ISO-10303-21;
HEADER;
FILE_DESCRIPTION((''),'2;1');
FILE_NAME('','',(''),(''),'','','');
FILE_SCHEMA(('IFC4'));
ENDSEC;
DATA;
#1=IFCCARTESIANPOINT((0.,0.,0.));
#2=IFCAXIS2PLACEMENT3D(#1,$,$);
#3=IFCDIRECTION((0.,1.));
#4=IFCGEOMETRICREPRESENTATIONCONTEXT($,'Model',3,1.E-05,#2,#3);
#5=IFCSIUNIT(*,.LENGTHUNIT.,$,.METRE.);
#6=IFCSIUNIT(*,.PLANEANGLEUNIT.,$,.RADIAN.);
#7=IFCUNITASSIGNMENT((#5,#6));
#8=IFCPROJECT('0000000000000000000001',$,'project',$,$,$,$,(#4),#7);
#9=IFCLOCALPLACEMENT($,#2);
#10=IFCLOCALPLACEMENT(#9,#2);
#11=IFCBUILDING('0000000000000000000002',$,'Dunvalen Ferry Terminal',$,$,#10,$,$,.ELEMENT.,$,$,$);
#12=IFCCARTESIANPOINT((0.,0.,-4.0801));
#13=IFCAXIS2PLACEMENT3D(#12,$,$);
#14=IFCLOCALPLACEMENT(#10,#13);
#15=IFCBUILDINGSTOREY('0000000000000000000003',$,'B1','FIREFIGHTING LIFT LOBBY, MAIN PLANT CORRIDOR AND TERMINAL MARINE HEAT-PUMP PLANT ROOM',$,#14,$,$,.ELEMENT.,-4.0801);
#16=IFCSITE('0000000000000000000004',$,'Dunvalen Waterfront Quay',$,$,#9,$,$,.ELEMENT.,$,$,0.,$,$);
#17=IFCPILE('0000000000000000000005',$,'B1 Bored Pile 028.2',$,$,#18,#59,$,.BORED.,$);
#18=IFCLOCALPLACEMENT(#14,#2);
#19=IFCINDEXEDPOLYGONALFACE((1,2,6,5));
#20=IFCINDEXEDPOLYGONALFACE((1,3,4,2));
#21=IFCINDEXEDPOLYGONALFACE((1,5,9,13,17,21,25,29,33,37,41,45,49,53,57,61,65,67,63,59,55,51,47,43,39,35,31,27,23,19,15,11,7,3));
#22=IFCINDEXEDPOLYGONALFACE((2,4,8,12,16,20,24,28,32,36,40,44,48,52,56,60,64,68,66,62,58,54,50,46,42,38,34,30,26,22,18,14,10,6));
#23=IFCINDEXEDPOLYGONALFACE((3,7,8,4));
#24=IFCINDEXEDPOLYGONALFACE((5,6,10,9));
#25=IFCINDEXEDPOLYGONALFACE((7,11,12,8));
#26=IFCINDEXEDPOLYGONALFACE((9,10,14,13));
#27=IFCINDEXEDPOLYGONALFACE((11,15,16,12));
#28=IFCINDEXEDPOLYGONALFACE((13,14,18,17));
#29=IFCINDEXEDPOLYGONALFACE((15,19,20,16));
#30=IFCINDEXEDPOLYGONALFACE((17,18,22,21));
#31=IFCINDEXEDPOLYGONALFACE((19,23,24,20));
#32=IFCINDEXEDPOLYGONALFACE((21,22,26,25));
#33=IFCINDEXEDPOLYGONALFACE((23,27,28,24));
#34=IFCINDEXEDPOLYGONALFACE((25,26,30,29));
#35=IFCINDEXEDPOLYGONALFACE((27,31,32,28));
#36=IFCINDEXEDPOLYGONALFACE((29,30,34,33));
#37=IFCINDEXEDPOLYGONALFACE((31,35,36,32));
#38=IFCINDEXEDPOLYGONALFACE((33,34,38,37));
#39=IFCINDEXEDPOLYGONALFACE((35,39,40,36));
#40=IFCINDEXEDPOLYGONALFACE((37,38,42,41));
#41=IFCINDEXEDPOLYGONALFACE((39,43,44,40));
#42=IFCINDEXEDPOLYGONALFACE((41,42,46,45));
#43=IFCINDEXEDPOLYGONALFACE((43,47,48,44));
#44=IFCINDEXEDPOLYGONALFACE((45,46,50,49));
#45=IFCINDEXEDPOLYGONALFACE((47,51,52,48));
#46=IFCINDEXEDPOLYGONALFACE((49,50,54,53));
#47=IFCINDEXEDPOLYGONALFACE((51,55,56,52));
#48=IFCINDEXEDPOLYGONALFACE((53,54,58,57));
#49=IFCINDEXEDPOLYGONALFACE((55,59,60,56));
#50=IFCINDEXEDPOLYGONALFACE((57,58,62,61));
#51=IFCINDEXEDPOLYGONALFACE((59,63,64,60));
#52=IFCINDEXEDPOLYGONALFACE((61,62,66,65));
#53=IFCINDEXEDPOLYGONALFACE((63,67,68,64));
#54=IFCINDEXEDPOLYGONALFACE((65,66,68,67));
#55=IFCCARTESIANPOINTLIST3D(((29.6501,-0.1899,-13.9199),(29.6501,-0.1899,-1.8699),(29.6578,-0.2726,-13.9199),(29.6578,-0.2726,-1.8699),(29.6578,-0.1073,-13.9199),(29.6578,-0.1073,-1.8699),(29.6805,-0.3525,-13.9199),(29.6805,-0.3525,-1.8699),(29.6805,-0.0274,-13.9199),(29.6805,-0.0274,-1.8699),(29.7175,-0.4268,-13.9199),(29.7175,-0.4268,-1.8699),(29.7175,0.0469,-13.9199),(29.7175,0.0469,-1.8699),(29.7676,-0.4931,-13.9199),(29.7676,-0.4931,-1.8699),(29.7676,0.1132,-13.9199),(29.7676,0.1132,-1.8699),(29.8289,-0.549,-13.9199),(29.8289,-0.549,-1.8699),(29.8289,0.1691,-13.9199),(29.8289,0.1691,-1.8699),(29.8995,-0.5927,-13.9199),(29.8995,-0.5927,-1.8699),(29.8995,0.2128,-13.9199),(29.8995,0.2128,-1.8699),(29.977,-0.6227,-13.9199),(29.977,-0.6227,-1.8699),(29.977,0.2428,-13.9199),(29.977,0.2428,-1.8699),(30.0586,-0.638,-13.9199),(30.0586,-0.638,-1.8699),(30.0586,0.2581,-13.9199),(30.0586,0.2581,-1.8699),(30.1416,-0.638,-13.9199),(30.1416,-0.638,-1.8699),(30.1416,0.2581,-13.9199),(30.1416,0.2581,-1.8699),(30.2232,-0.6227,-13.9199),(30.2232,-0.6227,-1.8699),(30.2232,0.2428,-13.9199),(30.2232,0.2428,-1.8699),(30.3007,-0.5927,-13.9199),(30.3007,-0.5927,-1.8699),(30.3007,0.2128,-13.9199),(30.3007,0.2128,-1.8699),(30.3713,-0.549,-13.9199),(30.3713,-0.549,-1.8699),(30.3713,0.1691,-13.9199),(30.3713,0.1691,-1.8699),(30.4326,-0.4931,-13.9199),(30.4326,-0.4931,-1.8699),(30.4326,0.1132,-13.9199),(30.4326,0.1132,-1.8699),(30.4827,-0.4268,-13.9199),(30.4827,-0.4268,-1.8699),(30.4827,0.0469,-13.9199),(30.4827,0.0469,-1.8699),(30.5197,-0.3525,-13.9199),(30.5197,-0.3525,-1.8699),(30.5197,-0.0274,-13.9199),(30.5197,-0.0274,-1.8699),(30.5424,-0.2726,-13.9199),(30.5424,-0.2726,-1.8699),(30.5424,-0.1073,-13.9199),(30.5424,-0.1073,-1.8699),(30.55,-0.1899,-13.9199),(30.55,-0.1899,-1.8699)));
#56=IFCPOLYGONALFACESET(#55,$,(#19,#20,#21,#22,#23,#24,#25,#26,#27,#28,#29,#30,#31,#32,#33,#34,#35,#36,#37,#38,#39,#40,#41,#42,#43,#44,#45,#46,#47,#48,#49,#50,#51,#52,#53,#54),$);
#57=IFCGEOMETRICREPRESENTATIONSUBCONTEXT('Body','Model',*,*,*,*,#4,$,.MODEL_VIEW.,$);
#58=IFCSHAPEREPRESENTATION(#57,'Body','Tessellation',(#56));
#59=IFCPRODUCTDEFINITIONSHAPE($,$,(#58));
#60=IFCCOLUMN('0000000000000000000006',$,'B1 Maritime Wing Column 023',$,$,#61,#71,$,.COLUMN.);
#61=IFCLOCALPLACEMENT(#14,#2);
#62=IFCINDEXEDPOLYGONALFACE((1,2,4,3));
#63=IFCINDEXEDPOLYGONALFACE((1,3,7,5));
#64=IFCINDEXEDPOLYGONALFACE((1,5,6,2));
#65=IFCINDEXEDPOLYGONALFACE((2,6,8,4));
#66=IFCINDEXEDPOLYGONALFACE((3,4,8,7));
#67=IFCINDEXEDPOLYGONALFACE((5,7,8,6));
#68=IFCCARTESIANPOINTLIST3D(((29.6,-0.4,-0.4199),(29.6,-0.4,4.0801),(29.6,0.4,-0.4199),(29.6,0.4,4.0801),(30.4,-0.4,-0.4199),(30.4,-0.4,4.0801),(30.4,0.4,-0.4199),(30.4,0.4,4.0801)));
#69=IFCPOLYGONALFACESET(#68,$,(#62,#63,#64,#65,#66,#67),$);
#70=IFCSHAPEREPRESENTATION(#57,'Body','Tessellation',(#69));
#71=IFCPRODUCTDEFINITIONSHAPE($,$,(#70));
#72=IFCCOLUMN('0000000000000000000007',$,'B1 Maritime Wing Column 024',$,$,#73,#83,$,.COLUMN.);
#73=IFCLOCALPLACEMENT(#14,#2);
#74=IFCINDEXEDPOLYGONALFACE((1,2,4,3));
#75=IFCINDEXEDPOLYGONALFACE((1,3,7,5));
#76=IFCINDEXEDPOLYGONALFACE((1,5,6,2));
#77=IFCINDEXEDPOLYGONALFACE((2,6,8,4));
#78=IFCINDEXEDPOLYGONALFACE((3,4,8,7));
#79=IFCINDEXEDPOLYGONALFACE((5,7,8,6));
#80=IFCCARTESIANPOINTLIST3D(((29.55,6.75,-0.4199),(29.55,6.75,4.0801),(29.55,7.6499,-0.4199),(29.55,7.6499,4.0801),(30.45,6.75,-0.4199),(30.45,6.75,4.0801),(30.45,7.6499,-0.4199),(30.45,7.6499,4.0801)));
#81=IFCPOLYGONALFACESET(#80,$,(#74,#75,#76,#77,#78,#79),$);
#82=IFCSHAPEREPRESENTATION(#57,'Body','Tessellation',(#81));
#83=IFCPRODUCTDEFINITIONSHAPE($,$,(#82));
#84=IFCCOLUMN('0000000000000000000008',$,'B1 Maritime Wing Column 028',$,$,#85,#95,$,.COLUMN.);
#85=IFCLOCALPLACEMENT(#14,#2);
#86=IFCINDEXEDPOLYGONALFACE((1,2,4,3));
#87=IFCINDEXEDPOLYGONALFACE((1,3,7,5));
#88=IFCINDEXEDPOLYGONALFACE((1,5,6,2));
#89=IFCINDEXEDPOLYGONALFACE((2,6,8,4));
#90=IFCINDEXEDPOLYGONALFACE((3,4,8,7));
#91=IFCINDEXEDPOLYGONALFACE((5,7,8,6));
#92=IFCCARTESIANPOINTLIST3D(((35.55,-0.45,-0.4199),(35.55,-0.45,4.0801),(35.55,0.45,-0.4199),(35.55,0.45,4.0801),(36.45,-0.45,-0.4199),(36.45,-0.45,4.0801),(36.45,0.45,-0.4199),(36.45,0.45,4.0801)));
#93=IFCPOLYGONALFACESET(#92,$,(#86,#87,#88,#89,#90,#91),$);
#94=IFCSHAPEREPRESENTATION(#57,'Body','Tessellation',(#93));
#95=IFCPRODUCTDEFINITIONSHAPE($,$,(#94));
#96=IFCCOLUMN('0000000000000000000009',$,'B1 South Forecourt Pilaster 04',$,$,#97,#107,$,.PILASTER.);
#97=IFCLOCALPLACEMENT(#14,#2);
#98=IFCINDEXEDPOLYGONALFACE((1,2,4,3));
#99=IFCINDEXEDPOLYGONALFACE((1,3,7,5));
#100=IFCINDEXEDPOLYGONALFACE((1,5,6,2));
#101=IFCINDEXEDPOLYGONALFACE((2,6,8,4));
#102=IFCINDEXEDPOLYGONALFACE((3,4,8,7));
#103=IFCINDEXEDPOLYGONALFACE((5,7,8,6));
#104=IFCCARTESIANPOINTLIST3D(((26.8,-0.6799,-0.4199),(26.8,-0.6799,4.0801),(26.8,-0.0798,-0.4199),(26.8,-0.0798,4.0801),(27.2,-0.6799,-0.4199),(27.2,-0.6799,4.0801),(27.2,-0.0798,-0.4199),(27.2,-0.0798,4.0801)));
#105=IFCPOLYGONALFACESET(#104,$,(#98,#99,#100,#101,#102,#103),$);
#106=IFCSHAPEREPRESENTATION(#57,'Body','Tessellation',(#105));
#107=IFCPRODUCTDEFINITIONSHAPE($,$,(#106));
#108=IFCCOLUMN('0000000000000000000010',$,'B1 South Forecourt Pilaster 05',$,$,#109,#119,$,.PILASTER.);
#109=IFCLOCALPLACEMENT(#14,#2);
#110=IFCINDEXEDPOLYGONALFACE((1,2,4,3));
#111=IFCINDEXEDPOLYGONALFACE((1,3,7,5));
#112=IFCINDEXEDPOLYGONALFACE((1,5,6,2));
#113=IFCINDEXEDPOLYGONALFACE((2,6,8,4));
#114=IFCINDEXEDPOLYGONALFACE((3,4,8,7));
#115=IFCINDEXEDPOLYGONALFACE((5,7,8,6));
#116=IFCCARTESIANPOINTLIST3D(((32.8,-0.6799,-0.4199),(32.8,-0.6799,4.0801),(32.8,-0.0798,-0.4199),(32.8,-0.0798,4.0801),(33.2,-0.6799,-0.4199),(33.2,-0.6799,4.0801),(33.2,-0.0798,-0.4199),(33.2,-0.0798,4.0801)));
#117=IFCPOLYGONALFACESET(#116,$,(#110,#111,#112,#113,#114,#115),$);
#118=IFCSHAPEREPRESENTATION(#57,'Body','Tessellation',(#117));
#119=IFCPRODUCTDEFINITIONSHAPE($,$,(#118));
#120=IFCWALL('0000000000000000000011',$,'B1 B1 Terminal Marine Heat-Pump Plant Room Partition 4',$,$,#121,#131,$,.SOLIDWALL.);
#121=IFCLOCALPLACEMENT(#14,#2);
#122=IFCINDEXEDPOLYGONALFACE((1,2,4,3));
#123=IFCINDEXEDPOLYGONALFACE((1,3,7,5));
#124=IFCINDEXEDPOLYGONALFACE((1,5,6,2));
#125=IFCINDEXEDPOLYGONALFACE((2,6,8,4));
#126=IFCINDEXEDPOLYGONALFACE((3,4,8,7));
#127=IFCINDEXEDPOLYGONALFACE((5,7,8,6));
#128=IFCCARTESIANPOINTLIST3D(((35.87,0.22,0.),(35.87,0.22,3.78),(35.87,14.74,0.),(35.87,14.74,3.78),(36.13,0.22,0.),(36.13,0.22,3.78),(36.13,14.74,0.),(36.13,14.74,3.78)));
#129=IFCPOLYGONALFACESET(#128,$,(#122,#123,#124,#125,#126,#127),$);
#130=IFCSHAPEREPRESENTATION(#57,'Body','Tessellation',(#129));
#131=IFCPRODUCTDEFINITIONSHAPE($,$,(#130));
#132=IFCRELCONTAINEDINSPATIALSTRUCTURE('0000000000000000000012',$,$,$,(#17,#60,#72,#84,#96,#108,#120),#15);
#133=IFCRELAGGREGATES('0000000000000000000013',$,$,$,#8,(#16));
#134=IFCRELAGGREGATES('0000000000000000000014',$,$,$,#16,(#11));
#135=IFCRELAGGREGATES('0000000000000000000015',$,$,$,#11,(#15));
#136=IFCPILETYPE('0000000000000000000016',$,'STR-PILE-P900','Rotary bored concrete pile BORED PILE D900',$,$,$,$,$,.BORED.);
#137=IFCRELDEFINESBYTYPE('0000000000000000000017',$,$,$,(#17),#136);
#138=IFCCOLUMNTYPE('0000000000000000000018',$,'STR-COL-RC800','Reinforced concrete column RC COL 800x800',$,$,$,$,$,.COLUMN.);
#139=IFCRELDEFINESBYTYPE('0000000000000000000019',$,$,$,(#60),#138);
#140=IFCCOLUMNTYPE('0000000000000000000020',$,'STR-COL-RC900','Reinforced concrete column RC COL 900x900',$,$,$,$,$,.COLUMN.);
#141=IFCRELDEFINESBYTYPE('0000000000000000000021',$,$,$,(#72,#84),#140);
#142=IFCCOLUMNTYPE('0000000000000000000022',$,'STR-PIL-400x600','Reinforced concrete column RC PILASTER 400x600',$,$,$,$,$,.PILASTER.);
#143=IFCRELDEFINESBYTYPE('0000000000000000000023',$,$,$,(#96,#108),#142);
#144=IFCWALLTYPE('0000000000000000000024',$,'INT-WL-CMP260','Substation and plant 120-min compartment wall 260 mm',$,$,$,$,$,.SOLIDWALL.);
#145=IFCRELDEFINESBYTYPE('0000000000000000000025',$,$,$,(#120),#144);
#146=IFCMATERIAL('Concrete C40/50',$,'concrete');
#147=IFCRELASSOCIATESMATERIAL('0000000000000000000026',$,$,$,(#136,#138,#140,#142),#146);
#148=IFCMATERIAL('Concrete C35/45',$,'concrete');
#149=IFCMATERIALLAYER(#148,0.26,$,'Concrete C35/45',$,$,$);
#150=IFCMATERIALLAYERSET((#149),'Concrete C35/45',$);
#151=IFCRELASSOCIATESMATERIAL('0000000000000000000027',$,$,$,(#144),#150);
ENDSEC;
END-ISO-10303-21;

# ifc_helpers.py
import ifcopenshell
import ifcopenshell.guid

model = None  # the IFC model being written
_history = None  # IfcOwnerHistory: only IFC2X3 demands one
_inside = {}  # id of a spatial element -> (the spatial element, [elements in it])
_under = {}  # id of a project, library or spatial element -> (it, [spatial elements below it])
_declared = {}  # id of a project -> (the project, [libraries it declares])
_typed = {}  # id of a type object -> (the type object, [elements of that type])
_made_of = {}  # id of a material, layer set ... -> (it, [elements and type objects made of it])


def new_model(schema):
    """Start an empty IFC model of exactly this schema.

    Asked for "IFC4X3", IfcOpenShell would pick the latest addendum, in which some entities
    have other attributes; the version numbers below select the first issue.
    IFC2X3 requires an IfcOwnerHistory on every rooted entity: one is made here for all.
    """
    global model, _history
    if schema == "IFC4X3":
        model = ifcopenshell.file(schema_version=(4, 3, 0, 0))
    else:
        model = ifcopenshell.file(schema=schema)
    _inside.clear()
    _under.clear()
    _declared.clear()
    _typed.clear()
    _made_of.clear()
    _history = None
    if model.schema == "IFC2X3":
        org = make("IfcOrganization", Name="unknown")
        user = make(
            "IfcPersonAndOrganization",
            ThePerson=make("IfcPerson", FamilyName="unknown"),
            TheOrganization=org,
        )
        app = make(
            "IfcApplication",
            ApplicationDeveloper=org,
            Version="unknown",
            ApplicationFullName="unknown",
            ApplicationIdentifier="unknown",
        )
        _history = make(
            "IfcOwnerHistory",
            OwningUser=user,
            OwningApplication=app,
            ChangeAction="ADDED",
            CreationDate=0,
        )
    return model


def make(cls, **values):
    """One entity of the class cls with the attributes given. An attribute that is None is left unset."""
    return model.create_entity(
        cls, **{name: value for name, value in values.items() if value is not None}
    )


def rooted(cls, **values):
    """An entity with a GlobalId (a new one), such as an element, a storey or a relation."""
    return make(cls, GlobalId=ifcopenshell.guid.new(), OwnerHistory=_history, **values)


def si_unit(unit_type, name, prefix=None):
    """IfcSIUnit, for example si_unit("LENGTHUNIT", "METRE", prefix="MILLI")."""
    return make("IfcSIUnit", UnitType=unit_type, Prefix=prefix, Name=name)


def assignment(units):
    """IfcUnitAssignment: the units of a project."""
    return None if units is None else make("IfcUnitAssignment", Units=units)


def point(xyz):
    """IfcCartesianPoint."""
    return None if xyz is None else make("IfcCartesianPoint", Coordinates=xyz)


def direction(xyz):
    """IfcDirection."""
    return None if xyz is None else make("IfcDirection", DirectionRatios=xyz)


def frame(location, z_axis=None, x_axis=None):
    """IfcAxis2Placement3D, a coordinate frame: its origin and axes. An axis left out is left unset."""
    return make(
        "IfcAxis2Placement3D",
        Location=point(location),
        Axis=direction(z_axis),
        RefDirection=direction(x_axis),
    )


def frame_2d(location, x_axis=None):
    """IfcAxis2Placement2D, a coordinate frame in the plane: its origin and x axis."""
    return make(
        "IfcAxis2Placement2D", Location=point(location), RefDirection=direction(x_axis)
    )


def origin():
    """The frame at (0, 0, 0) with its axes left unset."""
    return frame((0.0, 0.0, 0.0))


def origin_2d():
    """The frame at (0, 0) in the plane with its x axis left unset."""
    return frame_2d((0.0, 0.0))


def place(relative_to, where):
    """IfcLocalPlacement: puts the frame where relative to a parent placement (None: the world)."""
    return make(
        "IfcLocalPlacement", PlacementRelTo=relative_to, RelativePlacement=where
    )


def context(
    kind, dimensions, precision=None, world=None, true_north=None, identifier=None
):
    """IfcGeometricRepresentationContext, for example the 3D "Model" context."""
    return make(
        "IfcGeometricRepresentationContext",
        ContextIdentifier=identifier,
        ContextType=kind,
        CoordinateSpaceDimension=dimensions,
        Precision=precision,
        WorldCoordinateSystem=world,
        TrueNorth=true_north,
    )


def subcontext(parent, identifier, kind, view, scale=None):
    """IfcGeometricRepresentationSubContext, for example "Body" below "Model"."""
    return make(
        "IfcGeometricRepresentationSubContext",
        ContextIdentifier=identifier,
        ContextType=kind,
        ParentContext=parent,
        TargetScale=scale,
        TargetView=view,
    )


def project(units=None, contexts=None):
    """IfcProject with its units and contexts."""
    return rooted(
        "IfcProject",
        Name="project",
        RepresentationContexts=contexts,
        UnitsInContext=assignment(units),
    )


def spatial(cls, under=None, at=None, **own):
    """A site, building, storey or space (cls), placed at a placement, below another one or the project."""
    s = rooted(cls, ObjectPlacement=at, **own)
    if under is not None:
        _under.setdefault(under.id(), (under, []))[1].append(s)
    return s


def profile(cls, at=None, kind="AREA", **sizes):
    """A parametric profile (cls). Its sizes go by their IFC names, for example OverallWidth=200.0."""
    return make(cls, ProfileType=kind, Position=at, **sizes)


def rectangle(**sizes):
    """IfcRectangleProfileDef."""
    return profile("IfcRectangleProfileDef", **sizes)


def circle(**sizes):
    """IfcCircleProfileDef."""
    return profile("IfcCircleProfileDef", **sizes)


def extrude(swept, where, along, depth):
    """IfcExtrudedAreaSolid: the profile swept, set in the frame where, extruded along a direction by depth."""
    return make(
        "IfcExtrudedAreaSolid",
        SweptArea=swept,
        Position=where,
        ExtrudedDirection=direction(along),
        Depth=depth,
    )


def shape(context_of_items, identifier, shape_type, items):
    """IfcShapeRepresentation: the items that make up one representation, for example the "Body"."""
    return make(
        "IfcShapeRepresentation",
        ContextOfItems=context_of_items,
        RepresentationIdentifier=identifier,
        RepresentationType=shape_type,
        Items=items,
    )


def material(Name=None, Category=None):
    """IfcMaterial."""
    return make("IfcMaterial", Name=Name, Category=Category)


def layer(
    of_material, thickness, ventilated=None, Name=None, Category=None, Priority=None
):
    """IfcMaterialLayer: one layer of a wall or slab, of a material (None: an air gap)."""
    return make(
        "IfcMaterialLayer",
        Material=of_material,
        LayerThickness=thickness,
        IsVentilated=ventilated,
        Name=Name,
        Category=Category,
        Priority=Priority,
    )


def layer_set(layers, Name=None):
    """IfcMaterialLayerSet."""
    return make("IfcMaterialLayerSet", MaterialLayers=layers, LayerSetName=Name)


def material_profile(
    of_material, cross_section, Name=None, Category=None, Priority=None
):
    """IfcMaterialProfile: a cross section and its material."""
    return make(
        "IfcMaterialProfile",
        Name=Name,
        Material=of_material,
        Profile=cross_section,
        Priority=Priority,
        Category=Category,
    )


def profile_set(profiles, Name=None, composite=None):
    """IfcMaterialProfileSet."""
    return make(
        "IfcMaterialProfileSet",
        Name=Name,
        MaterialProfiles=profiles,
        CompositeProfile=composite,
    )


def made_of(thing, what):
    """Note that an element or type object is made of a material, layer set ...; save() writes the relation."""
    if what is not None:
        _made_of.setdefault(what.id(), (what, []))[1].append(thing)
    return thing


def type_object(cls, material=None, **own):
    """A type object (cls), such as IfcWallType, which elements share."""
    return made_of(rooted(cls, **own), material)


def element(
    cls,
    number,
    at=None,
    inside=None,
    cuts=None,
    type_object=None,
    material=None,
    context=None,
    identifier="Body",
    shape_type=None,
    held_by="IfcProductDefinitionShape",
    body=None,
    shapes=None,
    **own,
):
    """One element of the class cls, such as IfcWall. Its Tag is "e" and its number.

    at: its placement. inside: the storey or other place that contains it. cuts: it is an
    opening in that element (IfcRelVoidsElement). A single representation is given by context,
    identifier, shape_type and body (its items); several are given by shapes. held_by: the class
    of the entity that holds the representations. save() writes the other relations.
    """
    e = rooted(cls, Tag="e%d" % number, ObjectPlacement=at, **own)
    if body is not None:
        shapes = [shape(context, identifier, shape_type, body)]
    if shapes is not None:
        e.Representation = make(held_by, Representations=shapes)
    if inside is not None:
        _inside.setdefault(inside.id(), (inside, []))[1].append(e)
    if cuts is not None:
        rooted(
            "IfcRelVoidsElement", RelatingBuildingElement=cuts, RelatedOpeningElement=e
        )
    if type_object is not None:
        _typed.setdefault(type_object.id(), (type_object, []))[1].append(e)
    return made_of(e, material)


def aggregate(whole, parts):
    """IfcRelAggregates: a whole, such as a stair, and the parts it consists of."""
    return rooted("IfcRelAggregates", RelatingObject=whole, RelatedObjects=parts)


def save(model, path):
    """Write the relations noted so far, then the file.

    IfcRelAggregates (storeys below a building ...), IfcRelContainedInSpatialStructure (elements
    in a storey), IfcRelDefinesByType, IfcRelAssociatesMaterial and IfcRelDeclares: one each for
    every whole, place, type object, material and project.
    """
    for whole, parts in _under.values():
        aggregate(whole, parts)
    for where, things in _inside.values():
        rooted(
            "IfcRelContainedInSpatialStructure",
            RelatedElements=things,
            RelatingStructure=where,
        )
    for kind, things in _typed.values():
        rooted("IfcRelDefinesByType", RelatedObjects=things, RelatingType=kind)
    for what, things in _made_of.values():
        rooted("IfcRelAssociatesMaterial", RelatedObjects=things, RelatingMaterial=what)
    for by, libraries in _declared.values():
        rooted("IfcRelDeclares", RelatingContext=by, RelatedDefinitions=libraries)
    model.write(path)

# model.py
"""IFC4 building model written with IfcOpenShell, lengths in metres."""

from ifc_helpers import new_model, si_unit, direction, frame, frame_2d, origin, origin_2d, place, context, subcontext, project, spatial, rectangle, circle, extrude, material, layer, layer_set, material_profile, profile_set, type_object, element, save


model = new_model("IFC4")

# Units and contexts
model_context = context("Model", 3, precision=1e-05, world=origin(), true_north=direction((0.0, 1.0)))
body_context = subcontext(model_context, "Body", "Model", "MODEL_VIEW")
ifc_project = project(units=[si_unit("LENGTHUNIT", "METRE"), si_unit("PLANEANGLEUNIT", "RADIAN")], contexts=[model_context])

# Site, building, storey
site_placement = place(None, origin())
site = spatial("IfcSite", under=ifc_project, at=site_placement, Name="Dunvalen Waterfront Quay", CompositionType="ELEMENT", RefElevation=0.0)
building_placement = place(site_placement, origin())
building = spatial("IfcBuilding", under=site, at=building_placement, Name="Dunvalen Ferry Terminal", CompositionType="ELEMENT")
storey_placement = place(building_placement, frame((0.0, 0.0, -4.0801)))
storey = spatial("IfcBuildingStorey", under=building, at=storey_placement, Name="B1", Description="FIREFIGHTING LIFT LOBBY, MAIN PLANT CORRIDOR AND TERMINAL MARINE HEAT-PUMP PLANT ROOM", CompositionType="ELEMENT", Elevation=-4.0801)

# Shared definitions
ifc_material_1 = material(Name="Concrete C40/50", Category="concrete")

# Pile
ifc_material_profile_1 = material_profile(ifc_material_1, circle(Radius=0.45, at=origin_2d()), Name="Concrete C40/50")
ifc_profile_set_1 = profile_set([ifc_material_profile_1], Name="Concrete C40/50")
pile_type_1 = type_object("IfcPileType", Name="STR-PILE-P900", Description="Rotary bored concrete pile BORED PILE D900", PredefinedType="BORED", material=ifc_profile_set_1)
for number, where, z_axis, x_axis, name in (
    (1, (30.1001, -0.1899, -1.8699), (0.0, 0.0, -1.0), (1.0, 0.0, 0.0), "B1 Bored Pile 028.2"),
):
    element("IfcPile", number, at=place(storey_placement, frame(where, z_axis=z_axis, x_axis=x_axis)), inside=storey, type_object=pile_type_1, Name=name, PredefinedType="BORED", context=body_context, shape_type="SweptSolid", body=[
        extrude(circle(Radius=0.45, at=origin_2d()), origin(), (0.0, 0.0, 1.0), 12.05),
    ])

# Columns
ifc_material_profile_2 = material_profile(ifc_material_1, rectangle(XDim=0.8, YDim=0.8, at=origin_2d()), Name="Concrete C40/50")
ifc_profile_set_2 = profile_set([ifc_material_profile_2], Name="Concrete C40/50")
column_type_1 = type_object("IfcColumnType", Name="STR-COL-RC800", Description="Reinforced concrete column RC COL 800x800", PredefinedType="COLUMN", material=ifc_profile_set_2)
column_placement = place(storey_placement, frame((30.0, 0.0, -0.4199), z_axis=(0.0, 0.0, 1.0), x_axis=(1.0, 0.0, 0.0)))
element("IfcColumn", 2, at=column_placement, inside=storey, type_object=column_type_1, Name="B1 Maritime Wing Column 023", PredefinedType="COLUMN", context=body_context, shape_type="SweptSolid", body=[
    extrude(rectangle(XDim=0.8, YDim=0.8, at=origin_2d()), origin(), (0.0, 0.0, 1.0), 4.5),
])
ifc_material_profile_3 = material_profile(ifc_material_1, rectangle(XDim=0.8999, YDim=0.8999, at=origin_2d()), Name="Concrete C40/50")
ifc_profile_set_3 = profile_set([ifc_material_profile_3], Name="Concrete C40/50")
column_type_2 = type_object("IfcColumnType", Name="STR-COL-RC900", Description="Reinforced concrete column RC COL 900x900", PredefinedType="COLUMN", material=ifc_profile_set_3)
for number, where, z_axis, x_axis, name in (
    (3, (30.0, 7.2, -0.4199), (0.0, 0.0, 1.0), (1.0, 0.0, 0.0), "B1 Maritime Wing Column 024"),
    (4, (36.0, 0.0, -0.4199), (0.0, 0.0, 1.0), (1.0, 0.0, 0.0), "B1 Maritime Wing Column 028"),
):
    element("IfcColumn", number, at=place(storey_placement, frame(where, z_axis=z_axis, x_axis=x_axis)), inside=storey, type_object=column_type_2, Name=name, PredefinedType="COLUMN", context=body_context, shape_type="SweptSolid", body=[
        extrude(rectangle(XDim=0.8999, YDim=0.8999, at=origin_2d()), origin(), (0.0, 0.0, 1.0), 4.5),
    ])
ifc_material_profile_4 = material_profile(ifc_material_1, rectangle(XDim=0.3999, YDim=0.6001, at=origin_2d()), Name="Concrete C40/50")
ifc_profile_set_4 = profile_set([ifc_material_profile_4], Name="Concrete C40/50")
column_type_3 = type_object("IfcColumnType", Name="STR-PIL-400x600", Description="Reinforced concrete column RC PILASTER 400x600", PredefinedType="PILASTER", material=ifc_profile_set_4)
for number, where, z_axis, x_axis, name in (
    (5, (27.0, -0.3799, -0.4199), (0.0, 0.0, 1.0), (1.0, 0.0, 0.0), "B1 South Forecourt Pilaster 04"),
    (6, (33.0, -0.3799, -0.4199), (0.0, 0.0, 1.0), (1.0, 0.0, 0.0), "B1 South Forecourt Pilaster 05"),
):
    element("IfcColumn", number, at=place(storey_placement, frame(where, z_axis=z_axis, x_axis=x_axis)), inside=storey, type_object=column_type_3, Name=name, PredefinedType="PILASTER", context=body_context, shape_type="SweptSolid", body=[
        extrude(rectangle(XDim=0.3999, YDim=0.6001, at=origin_2d()), origin(), (0.0, 0.0, 1.0), 4.5),
    ])

# Wall
ifc_material_2 = material(Name="Concrete C35/45", Category="concrete")
ifc_layer = layer(ifc_material_2, 0.26, Name="Concrete C35/45")
ifc_layer_set = layer_set([ifc_layer], Name="Concrete C35/45")
wall_type = type_object("IfcWallType", Name="INT-WL-CMP260", Description="Substation and plant 120-min compartment wall 260 mm", PredefinedType="SOLIDWALL", material=ifc_layer_set)
wall_placement = place(storey_placement, frame((36.0, 0.22, 0.0), z_axis=(0.0, 0.0, 1.0), x_axis=(0.0, 1.0, 0.0)))
element("IfcWall", 7, at=wall_placement, inside=storey, type_object=wall_type, Name="B1 B1 Terminal Marine Heat-Pump Plant Room Partition 4", PredefinedType="SOLIDWALL", context=body_context, shape_type="SweptSolid", body=[
    extrude(rectangle(XDim=14.52, YDim=0.26, at=frame_2d((7.26, 0.0))), origin(), (0.0, 0.0, 1.0), 3.78),
])

save(model, "model.ifc")
